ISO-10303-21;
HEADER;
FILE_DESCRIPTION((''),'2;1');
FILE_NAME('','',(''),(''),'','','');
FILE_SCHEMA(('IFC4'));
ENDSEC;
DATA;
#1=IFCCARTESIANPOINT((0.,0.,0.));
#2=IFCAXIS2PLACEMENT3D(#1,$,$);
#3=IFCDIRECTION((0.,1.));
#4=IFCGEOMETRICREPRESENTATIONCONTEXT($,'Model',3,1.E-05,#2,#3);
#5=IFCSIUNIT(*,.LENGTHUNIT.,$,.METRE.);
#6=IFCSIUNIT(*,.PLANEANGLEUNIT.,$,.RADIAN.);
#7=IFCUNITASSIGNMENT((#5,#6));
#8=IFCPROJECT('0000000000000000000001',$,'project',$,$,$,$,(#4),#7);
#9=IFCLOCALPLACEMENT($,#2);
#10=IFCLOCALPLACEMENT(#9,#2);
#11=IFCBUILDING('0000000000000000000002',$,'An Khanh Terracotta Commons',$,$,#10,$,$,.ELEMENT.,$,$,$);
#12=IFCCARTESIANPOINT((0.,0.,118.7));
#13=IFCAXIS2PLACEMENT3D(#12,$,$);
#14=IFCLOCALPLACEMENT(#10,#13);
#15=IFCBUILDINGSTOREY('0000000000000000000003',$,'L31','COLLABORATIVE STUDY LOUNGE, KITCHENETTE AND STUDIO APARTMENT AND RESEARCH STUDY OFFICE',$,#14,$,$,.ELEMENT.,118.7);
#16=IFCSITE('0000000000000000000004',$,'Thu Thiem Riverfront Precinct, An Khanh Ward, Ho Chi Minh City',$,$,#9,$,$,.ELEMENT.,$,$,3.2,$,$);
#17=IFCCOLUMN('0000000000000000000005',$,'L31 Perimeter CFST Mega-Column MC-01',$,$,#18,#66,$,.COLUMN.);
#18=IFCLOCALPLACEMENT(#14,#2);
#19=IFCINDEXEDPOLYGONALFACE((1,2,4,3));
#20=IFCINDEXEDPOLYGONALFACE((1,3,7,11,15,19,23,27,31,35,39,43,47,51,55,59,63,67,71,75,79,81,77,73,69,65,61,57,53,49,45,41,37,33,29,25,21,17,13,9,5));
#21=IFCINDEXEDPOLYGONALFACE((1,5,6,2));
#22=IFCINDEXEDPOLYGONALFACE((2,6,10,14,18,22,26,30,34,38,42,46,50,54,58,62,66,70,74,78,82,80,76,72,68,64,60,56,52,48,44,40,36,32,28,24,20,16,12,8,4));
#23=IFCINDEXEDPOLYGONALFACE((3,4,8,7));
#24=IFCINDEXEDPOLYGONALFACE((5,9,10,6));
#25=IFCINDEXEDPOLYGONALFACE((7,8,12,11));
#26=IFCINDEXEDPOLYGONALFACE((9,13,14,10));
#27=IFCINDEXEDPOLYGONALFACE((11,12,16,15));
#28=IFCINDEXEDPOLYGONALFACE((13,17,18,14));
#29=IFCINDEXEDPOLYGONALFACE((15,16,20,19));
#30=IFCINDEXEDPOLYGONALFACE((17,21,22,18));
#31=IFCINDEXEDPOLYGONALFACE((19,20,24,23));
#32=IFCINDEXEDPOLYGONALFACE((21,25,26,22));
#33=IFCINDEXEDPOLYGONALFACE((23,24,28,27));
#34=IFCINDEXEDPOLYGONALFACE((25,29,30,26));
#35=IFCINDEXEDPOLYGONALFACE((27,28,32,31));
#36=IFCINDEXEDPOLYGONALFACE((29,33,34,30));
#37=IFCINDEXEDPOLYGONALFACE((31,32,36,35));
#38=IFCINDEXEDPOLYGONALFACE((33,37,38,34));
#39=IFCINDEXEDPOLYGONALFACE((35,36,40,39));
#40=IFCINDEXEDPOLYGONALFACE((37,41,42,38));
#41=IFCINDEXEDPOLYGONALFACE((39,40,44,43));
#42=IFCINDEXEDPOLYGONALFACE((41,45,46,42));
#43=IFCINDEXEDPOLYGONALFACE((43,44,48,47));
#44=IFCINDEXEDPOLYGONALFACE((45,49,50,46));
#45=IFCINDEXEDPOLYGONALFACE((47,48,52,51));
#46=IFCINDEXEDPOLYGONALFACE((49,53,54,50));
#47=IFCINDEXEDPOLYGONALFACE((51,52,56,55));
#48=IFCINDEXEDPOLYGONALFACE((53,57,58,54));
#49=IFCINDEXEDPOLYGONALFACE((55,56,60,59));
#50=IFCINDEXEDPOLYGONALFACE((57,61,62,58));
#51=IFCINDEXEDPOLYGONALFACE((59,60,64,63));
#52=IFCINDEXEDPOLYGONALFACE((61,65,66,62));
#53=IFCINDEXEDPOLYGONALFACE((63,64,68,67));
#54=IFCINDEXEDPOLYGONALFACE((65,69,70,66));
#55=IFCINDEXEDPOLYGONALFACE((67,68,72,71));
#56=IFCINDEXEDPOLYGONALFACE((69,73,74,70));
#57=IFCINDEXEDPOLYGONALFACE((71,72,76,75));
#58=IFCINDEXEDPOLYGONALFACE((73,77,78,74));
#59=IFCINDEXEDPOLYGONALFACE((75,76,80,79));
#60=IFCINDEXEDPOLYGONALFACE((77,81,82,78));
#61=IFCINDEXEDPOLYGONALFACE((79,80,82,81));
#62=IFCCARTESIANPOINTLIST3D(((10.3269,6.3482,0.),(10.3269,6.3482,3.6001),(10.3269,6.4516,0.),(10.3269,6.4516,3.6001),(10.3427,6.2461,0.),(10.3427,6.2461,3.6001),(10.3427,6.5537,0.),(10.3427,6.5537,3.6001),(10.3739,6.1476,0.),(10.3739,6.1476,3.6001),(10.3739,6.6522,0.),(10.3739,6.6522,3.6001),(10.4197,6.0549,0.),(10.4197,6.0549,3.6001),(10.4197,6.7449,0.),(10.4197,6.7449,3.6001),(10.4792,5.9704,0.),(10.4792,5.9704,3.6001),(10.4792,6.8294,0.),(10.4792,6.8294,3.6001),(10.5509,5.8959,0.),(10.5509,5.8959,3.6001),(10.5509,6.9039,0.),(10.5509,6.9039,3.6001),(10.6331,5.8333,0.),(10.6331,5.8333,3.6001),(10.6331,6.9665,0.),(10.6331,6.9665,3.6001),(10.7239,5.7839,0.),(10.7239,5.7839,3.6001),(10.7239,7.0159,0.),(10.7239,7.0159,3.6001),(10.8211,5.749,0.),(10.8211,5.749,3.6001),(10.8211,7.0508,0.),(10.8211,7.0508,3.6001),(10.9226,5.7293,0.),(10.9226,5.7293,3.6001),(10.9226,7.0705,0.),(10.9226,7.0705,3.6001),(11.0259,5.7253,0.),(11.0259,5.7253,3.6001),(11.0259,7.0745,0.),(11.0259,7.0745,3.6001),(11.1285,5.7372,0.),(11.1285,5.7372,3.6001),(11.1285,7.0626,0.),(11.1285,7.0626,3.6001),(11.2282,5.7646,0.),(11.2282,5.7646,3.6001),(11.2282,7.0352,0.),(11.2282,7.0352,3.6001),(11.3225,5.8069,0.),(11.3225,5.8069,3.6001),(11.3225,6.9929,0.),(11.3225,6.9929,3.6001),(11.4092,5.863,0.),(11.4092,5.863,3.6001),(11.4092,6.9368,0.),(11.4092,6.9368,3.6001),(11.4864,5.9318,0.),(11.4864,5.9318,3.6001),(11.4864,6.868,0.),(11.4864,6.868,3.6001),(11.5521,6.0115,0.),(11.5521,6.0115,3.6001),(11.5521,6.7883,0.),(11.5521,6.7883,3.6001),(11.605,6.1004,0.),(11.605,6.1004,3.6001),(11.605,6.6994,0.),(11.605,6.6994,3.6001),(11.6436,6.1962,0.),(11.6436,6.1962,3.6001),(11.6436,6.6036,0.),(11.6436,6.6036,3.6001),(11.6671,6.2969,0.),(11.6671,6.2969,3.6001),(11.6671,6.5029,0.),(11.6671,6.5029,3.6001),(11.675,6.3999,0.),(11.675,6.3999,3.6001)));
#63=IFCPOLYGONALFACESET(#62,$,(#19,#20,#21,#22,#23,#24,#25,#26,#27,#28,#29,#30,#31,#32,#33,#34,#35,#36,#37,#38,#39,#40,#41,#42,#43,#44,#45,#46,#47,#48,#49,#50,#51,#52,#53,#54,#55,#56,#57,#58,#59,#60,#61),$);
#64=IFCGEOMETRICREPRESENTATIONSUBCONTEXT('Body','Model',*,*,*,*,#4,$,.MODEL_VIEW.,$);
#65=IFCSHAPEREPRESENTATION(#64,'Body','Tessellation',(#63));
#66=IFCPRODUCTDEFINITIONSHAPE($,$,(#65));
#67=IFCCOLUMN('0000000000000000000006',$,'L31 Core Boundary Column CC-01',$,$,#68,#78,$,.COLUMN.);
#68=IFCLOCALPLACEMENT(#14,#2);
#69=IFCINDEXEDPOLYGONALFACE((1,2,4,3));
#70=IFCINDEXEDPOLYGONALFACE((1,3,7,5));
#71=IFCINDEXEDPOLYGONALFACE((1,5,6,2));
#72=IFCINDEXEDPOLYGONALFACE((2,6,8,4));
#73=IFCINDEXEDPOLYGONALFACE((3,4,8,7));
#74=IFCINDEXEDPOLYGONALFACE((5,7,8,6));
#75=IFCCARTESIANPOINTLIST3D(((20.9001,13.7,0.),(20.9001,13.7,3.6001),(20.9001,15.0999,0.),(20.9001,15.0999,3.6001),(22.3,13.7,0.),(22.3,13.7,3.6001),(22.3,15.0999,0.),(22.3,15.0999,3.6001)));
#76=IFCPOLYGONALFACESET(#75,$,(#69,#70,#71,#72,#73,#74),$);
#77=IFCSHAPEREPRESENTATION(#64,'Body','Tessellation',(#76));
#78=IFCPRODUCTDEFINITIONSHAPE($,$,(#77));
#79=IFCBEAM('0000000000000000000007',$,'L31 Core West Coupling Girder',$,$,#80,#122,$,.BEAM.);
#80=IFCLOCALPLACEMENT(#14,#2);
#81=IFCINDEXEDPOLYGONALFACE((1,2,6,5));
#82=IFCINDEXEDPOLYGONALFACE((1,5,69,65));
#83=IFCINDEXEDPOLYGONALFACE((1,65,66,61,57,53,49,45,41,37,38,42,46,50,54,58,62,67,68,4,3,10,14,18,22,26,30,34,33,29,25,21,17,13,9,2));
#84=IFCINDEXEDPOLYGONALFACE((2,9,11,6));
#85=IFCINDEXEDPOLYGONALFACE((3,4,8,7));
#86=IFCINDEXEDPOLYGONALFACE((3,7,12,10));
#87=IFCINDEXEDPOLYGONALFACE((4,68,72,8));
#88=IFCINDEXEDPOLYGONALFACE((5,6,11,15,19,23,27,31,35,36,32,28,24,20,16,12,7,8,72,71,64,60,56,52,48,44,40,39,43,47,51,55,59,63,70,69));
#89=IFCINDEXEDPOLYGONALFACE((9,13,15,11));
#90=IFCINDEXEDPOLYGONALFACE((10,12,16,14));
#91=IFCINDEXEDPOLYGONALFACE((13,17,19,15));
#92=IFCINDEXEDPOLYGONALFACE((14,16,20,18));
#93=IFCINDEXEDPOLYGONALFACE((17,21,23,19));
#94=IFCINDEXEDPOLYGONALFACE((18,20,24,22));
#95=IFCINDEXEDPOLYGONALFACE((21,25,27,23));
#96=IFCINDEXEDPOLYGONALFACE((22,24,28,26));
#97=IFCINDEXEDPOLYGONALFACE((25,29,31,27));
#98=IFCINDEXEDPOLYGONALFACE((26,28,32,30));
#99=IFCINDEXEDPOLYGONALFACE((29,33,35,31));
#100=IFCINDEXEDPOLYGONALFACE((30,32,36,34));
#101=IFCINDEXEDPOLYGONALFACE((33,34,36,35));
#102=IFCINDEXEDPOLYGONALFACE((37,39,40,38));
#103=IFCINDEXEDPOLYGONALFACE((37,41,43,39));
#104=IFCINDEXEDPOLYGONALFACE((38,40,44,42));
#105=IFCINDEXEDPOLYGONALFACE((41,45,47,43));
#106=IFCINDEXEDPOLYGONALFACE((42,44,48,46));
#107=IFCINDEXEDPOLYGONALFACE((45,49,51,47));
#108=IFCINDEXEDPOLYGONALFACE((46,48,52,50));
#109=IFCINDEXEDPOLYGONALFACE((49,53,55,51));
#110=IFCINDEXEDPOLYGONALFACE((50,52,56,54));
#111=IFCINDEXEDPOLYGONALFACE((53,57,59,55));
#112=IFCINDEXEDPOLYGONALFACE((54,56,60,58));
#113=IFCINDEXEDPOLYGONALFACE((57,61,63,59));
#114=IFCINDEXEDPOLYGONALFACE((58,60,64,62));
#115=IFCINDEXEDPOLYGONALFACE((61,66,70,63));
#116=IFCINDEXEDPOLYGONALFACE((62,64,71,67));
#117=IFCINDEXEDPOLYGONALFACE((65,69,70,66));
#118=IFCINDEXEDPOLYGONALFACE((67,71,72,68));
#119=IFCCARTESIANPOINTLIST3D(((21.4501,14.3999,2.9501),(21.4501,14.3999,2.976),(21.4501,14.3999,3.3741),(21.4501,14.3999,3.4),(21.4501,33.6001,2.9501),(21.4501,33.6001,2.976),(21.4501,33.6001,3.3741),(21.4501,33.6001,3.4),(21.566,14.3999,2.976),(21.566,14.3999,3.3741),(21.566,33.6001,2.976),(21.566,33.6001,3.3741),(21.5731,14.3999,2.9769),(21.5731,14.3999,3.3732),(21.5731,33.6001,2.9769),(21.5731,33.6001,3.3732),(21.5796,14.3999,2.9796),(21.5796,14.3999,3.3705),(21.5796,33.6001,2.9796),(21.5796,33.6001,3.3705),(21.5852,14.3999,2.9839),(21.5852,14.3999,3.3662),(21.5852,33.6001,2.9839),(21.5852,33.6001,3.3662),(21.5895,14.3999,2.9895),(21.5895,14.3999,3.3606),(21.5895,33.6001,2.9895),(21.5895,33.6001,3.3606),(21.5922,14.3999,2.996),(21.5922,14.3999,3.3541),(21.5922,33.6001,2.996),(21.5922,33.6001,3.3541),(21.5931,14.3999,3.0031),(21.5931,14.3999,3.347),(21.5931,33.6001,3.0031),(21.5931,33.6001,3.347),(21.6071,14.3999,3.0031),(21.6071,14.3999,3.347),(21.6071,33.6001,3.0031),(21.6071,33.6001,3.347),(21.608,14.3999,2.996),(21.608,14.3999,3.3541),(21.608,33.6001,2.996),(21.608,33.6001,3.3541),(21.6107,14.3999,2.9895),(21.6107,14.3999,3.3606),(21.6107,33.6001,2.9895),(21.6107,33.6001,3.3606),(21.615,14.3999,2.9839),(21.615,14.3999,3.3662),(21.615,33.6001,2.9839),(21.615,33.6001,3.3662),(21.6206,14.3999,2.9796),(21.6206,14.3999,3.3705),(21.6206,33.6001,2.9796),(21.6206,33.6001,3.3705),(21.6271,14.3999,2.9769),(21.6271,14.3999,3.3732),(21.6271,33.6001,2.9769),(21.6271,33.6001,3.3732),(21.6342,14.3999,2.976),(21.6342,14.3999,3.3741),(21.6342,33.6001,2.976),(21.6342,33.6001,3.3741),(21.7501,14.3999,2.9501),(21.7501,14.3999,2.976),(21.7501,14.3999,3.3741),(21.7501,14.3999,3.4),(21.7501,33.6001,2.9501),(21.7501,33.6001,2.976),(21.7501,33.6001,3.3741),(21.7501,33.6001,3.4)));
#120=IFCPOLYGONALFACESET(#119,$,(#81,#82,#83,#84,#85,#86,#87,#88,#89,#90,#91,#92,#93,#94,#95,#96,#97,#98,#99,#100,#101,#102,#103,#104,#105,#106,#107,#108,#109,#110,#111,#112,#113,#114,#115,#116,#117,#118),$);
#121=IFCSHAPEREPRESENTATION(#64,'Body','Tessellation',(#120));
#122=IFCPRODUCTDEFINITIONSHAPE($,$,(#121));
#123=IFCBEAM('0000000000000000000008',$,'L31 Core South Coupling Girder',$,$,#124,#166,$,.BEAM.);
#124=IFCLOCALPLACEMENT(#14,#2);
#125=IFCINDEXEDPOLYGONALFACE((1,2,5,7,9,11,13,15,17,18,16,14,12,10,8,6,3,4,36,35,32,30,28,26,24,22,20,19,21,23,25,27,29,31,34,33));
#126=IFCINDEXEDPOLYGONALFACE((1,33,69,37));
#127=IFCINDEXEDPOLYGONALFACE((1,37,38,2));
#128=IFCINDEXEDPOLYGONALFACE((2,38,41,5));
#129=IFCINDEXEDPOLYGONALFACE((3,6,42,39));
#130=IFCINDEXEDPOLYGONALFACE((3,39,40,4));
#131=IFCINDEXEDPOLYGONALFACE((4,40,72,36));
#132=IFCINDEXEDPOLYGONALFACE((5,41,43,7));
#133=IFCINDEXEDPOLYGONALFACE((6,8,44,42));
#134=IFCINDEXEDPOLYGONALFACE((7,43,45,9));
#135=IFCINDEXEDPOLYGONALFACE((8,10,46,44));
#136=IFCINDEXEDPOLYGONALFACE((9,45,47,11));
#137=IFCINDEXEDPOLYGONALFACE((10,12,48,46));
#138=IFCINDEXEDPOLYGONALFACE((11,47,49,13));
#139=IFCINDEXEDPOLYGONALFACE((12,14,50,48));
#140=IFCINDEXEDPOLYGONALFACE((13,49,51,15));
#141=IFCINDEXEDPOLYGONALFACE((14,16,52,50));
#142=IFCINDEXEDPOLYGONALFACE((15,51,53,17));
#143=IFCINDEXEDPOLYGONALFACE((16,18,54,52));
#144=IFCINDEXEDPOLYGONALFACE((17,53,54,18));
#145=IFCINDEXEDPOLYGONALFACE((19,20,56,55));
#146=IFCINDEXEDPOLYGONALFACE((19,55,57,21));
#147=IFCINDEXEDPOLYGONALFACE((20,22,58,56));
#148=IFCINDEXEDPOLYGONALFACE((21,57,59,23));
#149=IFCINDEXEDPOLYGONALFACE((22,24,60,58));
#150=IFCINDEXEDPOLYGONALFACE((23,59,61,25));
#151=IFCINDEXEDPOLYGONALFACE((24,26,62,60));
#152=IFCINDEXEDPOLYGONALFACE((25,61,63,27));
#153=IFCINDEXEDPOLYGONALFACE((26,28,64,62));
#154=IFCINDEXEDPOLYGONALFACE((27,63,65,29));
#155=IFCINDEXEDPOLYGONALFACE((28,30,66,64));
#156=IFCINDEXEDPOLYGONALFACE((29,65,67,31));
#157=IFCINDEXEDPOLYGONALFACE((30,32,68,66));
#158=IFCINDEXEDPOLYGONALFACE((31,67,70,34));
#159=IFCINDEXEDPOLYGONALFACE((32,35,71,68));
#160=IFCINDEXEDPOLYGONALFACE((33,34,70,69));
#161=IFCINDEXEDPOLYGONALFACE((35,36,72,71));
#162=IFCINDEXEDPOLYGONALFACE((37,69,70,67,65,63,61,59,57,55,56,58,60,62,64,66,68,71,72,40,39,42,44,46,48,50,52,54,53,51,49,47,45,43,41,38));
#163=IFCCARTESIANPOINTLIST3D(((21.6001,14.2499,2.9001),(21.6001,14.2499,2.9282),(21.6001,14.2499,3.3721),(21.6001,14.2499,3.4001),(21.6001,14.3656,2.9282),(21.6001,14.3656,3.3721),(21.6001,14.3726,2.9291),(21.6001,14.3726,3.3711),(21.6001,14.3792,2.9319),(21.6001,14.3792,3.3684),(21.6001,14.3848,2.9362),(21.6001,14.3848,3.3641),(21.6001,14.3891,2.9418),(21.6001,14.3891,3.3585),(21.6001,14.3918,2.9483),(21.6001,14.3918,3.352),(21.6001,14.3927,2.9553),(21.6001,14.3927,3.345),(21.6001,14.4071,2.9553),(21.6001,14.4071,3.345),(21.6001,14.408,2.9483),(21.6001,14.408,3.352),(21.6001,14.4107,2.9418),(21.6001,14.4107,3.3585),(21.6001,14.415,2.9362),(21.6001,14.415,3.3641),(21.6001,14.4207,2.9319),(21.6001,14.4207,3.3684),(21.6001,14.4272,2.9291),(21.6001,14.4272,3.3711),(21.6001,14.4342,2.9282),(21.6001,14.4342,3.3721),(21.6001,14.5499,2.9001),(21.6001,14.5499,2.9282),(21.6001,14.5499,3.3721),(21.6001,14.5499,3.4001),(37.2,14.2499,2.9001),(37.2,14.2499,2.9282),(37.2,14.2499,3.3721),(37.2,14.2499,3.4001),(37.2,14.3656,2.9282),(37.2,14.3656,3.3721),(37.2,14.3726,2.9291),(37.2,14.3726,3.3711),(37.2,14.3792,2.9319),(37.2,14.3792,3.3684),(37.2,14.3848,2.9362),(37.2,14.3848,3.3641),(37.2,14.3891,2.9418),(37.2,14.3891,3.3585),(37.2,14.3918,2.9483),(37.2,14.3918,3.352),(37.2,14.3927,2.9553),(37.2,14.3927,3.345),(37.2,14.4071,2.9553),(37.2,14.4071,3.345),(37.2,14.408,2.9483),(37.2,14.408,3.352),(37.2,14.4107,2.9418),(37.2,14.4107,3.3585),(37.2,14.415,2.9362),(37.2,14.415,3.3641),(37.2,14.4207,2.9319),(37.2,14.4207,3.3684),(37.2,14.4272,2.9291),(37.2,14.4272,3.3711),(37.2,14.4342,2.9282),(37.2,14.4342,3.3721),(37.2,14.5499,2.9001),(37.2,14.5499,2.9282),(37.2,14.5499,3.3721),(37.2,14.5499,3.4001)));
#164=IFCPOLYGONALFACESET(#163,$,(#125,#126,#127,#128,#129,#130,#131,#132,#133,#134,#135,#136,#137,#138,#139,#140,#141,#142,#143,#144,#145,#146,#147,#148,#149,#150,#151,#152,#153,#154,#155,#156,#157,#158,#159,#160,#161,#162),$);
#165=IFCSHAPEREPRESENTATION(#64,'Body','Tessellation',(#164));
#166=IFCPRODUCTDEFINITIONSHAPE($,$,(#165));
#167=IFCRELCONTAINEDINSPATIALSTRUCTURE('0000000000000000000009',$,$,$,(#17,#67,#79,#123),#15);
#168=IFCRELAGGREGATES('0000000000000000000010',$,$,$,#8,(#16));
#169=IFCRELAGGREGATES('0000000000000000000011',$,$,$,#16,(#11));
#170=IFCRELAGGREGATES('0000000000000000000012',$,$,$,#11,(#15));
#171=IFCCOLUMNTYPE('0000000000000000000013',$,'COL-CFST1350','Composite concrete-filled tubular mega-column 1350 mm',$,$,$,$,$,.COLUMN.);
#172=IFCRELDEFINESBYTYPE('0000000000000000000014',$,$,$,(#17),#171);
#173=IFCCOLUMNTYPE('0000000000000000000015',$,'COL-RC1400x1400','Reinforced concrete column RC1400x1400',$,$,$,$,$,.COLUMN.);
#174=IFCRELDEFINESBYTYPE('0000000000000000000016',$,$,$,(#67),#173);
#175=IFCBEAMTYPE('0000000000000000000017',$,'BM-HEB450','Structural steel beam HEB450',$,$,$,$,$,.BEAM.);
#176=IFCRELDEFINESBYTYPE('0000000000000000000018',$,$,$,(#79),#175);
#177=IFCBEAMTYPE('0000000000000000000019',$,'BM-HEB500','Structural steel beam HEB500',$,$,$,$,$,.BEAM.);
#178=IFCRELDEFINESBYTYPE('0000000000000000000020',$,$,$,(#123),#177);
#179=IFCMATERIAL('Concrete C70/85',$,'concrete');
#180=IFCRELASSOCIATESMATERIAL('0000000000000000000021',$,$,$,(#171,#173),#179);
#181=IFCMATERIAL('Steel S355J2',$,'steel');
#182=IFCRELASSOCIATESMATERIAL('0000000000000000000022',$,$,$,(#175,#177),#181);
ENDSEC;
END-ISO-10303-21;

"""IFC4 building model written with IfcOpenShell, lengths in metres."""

from ifc_helpers import new_model, si_unit, direction, frame, origin, origin_2d, place, context, subcontext, project, spatial, rectangle, circle, i_section, extrude, material, material_profile, profile_set, type_object, element, save


model = new_model("IFC4")

# Units and contexts
model_context = context("Model", 3, precision=1e-05, world=origin(), true_north=direction((0.0, 1.0)))
body_context = subcontext(model_context, "Body", "Model", "MODEL_VIEW")
ifc_project = project(units=[si_unit("LENGTHUNIT", "METRE"), si_unit("PLANEANGLEUNIT", "RADIAN")], contexts=[model_context])

# Site, building, storey
site_placement = place(None, origin())
site = spatial("IfcSite", under=ifc_project, at=site_placement, Name="Thu Thiem Riverfront Precinct, An Khanh Ward, Ho Chi Minh City", CompositionType="ELEMENT", RefElevation=3.2)
building_placement = place(site_placement, origin())
building = spatial("IfcBuilding", under=site, at=building_placement, Name="An Khanh Terracotta Commons", CompositionType="ELEMENT")
storey_placement = place(building_placement, frame((0.0, 0.0, 118.7)))
storey = spatial("IfcBuildingStorey", under=building, at=storey_placement, Name="L31", Description="COLLABORATIVE STUDY LOUNGE, KITCHENETTE AND STUDIO APARTMENT AND RESEARCH STUDY OFFICE", CompositionType="ELEMENT", Elevation=118.7)

# Columns
ifc_material_1 = material(Name="Concrete C70/85", Category="concrete")
ifc_material_profile_1 = material_profile(ifc_material_1, circle(Radius=0.675, at=origin_2d()), Name="CFST1350")
ifc_profile_set_1 = profile_set([ifc_material_profile_1], Name="Concrete C70/85")
column_type_1 = type_object("IfcColumnType", Name="COL-CFST1350", Description="Composite concrete-filled tubular mega-column 1350 mm", PredefinedType="COLUMN", material=ifc_profile_set_1)
column_1_placement = place(storey_placement, frame((11.0, 6.3999, 0.0), z_axis=(0.0, 0.0, 1.0), x_axis=(1.0, 0.0, 0.0)))
element("IfcColumn", 1, at=column_1_placement, inside=storey, type_object=column_type_1, Name="L31 Perimeter CFST Mega-Column MC-01", PredefinedType="COLUMN", context=body_context, shape_type="SweptSolid", body=[
    extrude(circle(Radius=0.675, at=origin_2d()), origin(), (0.0, 0.0, 1.0), 3.6001),
])
ifc_material_profile_2 = material_profile(ifc_material_1, rectangle(XDim=1.3999, YDim=1.3999, at=origin_2d()), Name="RC1400x1400")
ifc_profile_set_2 = profile_set([ifc_material_profile_2], Name="Concrete C70/85")
column_type_2 = type_object("IfcColumnType", Name="COL-RC1400x1400", Description="Reinforced concrete column RC1400x1400", PredefinedType="COLUMN", material=ifc_profile_set_2)
column_2_placement = place(storey_placement, frame((21.6001, 14.3999, 0.0), z_axis=(0.0, 0.0, 1.0), x_axis=(1.0, 0.0, 0.0)))
element("IfcColumn", 2, at=column_2_placement, inside=storey, type_object=column_type_2, Name="L31 Core Boundary Column CC-01", PredefinedType="COLUMN", context=body_context, shape_type="SweptSolid", body=[
    extrude(rectangle(XDim=1.3999, YDim=1.3999, at=origin_2d()), origin(), (0.0, 0.0, 1.0), 3.6001),
])

# Beams
ifc_material_2 = material(Name="Steel S355J2", Category="steel")
ifc_material_profile_3 = material_profile(ifc_material_2, i_section(OverallWidth=0.3, OverallDepth=0.45, WebThickness=0.0139, FlangeThickness=0.0259, FilletRadius=0.0271, at=origin_2d()), Name="HEB450")
ifc_profile_set_3 = profile_set([ifc_material_profile_3], Name="Steel S355J2")
beam_type_1 = type_object("IfcBeamType", Name="BM-HEB450", Description="Structural steel beam HEB450", PredefinedType="BEAM", material=ifc_profile_set_3)
beam_1_placement = place(storey_placement, frame((21.6001, 14.3999, 3.175), z_axis=(0.0, 1.0, 0.0), x_axis=(-1.0, 0.0, 0.0)))
element("IfcBeam", 3, at=beam_1_placement, inside=storey, type_object=beam_type_1, Name="L31 Core West Coupling Girder", PredefinedType="BEAM", context=body_context, shape_type="SweptSolid", body=[
    extrude(i_section(OverallWidth=0.3, OverallDepth=0.45, WebThickness=0.0139, FlangeThickness=0.0259, FilletRadius=0.0271, at=origin_2d()), origin(), (0.0, 0.0, 1.0), 19.2002),
])
ifc_material_profile_4 = material_profile(ifc_material_2, i_section(OverallWidth=0.3, OverallDepth=0.5, WebThickness=0.0144, FlangeThickness=0.0281, FilletRadius=0.0271, at=origin_2d()), Name="HEB500")
ifc_profile_set_4 = profile_set([ifc_material_profile_4], Name="Steel S355J2")
beam_type_2 = type_object("IfcBeamType", Name="BM-HEB500", Description="Structural steel beam HEB500", PredefinedType="BEAM", material=ifc_profile_set_4)
beam_2_placement = place(storey_placement, frame((21.6001, 14.3999, 3.1501), z_axis=(1.0, 0.0, 0.0), x_axis=(0.0, 1.0, 0.0)))
element("IfcBeam", 4, at=beam_2_placement, inside=storey, type_object=beam_type_2, Name="L31 Core South Coupling Girder", PredefinedType="BEAM", context=body_context, shape_type="SweptSolid", body=[
    extrude(i_section(OverallWidth=0.3, OverallDepth=0.5, WebThickness=0.0144, FlangeThickness=0.0281, FilletRadius=0.0271, at=origin_2d()), origin(), (0.0, 0.0, 1.0), 15.5999),
])

save(model, "model.ifc")
